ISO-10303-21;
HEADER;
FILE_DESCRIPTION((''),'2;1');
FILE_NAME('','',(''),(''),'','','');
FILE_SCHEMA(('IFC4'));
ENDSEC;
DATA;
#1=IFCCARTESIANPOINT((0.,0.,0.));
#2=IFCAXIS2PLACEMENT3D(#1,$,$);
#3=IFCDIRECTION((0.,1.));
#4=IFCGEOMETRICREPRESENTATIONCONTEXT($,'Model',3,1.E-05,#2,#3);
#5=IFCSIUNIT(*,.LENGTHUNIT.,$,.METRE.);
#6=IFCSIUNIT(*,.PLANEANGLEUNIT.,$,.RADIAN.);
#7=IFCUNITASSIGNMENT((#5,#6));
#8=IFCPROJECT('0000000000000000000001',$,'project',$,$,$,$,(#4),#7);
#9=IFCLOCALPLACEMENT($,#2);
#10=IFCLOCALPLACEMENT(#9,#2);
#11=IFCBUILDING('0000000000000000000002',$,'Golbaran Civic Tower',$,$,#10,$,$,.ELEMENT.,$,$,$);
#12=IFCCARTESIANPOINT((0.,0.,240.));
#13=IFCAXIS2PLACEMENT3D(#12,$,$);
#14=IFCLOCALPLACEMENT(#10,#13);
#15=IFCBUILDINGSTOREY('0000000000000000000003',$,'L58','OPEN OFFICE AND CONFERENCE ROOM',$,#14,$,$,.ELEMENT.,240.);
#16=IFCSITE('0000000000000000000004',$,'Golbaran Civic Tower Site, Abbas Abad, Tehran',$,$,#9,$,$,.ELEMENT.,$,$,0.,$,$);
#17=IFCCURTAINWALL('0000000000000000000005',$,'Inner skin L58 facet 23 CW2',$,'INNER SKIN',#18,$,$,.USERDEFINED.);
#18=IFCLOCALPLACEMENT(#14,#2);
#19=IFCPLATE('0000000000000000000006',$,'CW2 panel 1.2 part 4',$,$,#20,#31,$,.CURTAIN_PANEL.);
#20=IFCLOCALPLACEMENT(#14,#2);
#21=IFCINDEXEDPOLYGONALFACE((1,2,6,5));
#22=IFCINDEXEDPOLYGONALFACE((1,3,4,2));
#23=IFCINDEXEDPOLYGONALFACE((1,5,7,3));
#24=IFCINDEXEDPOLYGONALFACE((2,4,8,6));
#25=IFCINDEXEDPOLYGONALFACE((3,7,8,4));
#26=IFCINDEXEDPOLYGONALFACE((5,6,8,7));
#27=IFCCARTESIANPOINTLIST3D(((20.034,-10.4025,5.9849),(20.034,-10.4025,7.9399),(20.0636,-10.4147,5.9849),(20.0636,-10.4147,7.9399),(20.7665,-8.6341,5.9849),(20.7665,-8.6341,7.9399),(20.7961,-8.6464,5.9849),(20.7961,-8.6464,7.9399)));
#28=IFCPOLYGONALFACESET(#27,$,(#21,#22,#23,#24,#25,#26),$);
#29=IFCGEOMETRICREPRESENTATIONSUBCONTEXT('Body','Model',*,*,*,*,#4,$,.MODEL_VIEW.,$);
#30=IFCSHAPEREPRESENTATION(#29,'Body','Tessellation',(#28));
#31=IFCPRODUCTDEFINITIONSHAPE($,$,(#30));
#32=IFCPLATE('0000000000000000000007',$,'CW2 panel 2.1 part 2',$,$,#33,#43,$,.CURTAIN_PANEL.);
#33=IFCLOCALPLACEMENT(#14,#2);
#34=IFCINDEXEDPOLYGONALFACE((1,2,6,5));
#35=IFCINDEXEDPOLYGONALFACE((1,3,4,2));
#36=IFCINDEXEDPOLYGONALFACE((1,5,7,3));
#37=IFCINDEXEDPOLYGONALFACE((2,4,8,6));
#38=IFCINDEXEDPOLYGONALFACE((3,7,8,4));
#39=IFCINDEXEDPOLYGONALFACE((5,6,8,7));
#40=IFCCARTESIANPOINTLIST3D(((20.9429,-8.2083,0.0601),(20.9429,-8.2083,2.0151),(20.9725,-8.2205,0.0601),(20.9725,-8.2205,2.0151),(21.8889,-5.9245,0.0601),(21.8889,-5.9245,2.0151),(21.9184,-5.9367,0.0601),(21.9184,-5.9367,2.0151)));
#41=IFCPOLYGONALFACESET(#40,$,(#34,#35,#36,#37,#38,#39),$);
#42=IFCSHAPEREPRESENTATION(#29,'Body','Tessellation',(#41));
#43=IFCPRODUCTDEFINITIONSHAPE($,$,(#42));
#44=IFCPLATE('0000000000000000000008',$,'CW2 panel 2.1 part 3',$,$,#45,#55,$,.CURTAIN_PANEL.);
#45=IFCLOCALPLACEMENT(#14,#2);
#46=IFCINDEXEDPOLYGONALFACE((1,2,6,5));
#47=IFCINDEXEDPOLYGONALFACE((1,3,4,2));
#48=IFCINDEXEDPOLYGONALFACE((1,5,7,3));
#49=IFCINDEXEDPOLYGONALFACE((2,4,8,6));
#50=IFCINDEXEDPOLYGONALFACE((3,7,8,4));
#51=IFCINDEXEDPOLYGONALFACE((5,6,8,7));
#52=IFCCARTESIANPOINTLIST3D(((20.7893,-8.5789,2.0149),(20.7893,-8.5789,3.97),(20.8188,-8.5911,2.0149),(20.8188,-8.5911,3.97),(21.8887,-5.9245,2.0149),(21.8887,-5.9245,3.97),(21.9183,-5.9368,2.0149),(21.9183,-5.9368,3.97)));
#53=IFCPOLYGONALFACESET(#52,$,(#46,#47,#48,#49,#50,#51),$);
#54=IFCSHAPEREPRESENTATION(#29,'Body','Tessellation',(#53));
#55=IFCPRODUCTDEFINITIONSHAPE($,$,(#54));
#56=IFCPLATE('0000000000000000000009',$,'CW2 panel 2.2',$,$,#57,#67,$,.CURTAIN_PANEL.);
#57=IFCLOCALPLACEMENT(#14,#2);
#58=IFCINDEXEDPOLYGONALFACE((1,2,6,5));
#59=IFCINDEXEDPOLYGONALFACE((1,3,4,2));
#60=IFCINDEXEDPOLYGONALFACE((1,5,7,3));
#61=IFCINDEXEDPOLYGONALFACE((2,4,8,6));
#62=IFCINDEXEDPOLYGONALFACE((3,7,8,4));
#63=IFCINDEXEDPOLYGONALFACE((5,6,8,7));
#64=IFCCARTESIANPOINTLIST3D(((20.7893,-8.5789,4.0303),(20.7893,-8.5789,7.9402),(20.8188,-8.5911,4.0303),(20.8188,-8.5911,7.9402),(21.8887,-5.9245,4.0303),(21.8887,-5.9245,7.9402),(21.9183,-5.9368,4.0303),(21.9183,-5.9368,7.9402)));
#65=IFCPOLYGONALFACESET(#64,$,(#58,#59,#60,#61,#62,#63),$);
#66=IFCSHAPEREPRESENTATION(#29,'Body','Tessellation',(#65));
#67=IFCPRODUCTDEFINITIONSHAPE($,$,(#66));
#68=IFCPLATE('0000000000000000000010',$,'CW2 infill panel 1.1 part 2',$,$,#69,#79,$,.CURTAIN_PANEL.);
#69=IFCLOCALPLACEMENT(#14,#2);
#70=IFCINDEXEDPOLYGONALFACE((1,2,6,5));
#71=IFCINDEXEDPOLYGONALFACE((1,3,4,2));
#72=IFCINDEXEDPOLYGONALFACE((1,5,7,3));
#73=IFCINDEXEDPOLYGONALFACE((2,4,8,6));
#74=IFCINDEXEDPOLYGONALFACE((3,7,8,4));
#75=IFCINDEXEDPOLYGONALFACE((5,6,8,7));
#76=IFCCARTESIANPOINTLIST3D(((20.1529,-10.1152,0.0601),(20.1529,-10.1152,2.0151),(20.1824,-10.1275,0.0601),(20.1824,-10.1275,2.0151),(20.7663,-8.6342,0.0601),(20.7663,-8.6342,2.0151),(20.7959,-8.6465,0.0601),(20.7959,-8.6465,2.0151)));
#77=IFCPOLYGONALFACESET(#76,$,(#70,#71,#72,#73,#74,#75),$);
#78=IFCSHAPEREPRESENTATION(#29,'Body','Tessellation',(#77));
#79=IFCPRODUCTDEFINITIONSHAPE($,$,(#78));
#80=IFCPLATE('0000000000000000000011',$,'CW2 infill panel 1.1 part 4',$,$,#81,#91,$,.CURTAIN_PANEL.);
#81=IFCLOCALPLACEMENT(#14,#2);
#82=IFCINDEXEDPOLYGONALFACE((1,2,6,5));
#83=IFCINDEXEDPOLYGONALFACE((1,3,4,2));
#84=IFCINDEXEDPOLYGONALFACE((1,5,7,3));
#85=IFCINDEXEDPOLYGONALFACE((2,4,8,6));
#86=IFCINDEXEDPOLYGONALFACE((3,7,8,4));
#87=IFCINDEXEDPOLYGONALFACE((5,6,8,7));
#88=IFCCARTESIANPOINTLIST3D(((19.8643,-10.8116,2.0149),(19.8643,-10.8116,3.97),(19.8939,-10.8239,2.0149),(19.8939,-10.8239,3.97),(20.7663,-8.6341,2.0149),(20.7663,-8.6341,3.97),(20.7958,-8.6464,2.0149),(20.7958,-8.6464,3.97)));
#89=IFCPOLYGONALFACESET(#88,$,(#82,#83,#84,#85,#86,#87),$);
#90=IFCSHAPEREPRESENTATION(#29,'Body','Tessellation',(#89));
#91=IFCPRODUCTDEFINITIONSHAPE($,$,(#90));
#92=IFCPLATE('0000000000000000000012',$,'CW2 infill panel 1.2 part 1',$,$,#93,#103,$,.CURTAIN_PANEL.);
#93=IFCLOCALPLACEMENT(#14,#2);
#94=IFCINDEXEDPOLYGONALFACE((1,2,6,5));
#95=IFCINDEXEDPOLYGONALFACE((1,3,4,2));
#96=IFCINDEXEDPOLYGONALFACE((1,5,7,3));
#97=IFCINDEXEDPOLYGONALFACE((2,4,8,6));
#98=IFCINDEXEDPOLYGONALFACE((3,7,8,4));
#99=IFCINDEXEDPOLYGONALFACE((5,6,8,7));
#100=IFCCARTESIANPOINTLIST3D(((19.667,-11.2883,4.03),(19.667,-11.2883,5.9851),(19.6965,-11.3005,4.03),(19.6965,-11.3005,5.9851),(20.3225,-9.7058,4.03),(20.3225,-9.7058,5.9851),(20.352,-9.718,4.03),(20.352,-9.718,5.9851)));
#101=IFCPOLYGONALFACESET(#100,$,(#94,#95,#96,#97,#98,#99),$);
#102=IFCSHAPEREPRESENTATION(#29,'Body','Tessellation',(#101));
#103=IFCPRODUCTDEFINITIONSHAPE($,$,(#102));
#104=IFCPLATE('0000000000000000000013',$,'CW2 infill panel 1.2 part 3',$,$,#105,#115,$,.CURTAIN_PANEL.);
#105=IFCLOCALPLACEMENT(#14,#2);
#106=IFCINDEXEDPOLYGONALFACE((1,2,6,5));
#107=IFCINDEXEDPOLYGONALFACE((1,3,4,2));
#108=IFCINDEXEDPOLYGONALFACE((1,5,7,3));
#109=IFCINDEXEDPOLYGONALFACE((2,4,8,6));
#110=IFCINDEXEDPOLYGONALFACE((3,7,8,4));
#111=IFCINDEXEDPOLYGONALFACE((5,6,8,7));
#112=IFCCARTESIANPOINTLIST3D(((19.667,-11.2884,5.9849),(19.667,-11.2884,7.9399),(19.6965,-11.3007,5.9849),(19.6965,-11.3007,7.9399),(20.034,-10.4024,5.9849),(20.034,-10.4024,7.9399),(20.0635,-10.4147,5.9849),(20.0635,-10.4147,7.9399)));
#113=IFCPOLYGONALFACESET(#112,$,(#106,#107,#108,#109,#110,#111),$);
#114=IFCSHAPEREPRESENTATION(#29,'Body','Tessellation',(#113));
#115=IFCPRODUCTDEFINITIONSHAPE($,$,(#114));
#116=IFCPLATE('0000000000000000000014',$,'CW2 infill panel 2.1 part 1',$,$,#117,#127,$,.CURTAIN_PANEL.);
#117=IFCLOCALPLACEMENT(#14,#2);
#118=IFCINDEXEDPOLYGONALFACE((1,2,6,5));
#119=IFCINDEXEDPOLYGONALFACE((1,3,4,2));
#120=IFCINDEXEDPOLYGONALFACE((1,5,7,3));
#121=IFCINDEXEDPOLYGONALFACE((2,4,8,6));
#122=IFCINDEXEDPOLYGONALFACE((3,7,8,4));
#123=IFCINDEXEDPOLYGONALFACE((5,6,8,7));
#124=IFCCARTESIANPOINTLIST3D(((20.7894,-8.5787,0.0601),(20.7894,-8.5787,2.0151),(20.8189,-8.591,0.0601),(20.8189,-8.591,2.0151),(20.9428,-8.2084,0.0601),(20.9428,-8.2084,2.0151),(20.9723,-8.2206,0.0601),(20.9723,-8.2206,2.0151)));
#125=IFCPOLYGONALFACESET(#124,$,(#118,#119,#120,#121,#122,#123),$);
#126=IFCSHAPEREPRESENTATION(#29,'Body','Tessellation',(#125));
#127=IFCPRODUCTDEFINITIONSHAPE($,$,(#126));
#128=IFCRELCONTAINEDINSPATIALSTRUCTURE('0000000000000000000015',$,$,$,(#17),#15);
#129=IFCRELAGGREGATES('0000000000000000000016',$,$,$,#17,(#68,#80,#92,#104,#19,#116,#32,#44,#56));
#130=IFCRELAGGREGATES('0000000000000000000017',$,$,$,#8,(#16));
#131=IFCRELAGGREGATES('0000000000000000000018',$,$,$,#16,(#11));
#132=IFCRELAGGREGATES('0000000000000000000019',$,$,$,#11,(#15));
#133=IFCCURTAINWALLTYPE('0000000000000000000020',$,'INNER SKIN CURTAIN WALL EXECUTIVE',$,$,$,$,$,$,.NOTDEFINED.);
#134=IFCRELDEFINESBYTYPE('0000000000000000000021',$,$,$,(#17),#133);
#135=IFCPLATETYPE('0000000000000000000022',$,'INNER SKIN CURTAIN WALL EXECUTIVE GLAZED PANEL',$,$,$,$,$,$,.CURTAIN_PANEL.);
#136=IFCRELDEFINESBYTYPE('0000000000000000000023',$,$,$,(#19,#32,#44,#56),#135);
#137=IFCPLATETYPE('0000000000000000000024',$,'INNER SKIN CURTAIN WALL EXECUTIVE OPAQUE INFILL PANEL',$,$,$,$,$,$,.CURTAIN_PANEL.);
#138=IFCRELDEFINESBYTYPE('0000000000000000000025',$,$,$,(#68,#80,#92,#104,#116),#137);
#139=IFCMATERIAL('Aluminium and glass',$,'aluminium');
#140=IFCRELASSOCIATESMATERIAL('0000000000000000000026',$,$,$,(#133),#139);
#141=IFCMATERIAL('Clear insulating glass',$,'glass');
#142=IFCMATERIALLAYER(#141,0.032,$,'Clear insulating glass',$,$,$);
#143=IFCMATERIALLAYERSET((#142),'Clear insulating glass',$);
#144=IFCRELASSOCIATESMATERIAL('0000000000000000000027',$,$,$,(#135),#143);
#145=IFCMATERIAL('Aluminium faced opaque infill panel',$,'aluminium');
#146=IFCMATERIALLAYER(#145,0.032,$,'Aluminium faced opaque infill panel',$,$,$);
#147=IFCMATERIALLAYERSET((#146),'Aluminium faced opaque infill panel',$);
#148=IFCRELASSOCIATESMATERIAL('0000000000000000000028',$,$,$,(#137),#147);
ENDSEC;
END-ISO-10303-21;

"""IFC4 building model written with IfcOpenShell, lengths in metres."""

from ifc_helpers import new_model, si_unit, direction, frame, origin, origin_2d, place, context, subcontext, project, spatial, rectangle, extrude, material, layer, layer_set, type_object, element, aggregate, save


model = new_model("IFC4")

# Units and contexts
model_context = context("Model", 3, precision=1e-05, world=origin(), true_north=direction((0.0, 1.0)))
body_context = subcontext(model_context, "Body", "Model", "MODEL_VIEW")
ifc_project = project(units=[si_unit("LENGTHUNIT", "METRE"), si_unit("PLANEANGLEUNIT", "RADIAN")], contexts=[model_context])

# Site, building, storey
site_placement = place(None, origin())
site = spatial("IfcSite", under=ifc_project, at=site_placement, Name="Golbaran Civic Tower Site, Abbas Abad, Tehran", CompositionType="ELEMENT", RefElevation=0.0)
building_placement = place(site_placement, origin())
building = spatial("IfcBuilding", under=site, at=building_placement, Name="Golbaran Civic Tower", CompositionType="ELEMENT")
storey_placement = place(building_placement, frame((0.0, 0.0, 240.0)))
storey = spatial("IfcBuildingStorey", under=building, at=storey_placement, Name="L58", Description="OPEN OFFICE AND CONFERENCE ROOM", CompositionType="ELEMENT", Elevation=240.0)

# Curtain wall
ifc_material_1 = material(Name="Aluminium and glass", Category="aluminium")
curtain_wall_type = type_object("IfcCurtainWallType", Name="INNER SKIN CURTAIN WALL EXECUTIVE", PredefinedType="NOTDEFINED", material=ifc_material_1)
curtain_wall_1_placement = place(storey_placement, origin())
curtain_wall_1 = element("IfcCurtainWall", 1, at=curtain_wall_1_placement, inside=storey, type_object=curtain_wall_type, Name="Inner skin L58 facet 23 CW2", ObjectType="INNER SKIN", PredefinedType="USERDEFINED")

# Plates
ifc_material_2 = material(Name="Clear insulating glass", Category="glass")
ifc_layer_1 = layer(ifc_material_2, 0.032, Name="Clear insulating glass")
ifc_layer_set_1 = layer_set([ifc_layer_1], Name="Clear insulating glass")
plate_type_1 = type_object("IfcPlateType", Name="INNER SKIN CURTAIN WALL EXECUTIVE GLAZED PANEL", PredefinedType="CURTAIN_PANEL", material=ifc_layer_set_1)
plate_1_placement = place(storey_placement, frame((20.415, -9.5244, 5.9849), z_axis=(0.0, 0.0, 1.0), x_axis=(0.382683, 0.92388, 0.0)))
plate_1 = element("IfcPlate", 2, at=plate_1_placement, type_object=plate_type_1, Name="CW2 panel 1.2 part 4", PredefinedType="CURTAIN_PANEL", context=body_context, shape_type="SweptSolid", body=[
    extrude(rectangle(XDim=1.9141, YDim=0.032, at=origin_2d()), origin(), (0.0, 0.0, 1.0), 1.9551),
])
plate_2_placement = place(storey_placement, frame((21.4307, -7.0725, 0.0601), z_axis=(0.0, 0.0, 1.0), x_axis=(0.382683, 0.92388, 0.0)))
plate_2 = element("IfcPlate", 3, at=plate_2_placement, type_object=plate_type_1, Name="CW2 panel 2.1 part 2", PredefinedType="CURTAIN_PANEL", context=body_context, shape_type="SweptSolid", body=[
    extrude(rectangle(XDim=2.4719, YDim=0.032, at=origin_2d()), origin(), (0.0, 0.0, 1.0), 1.9551),
])
plate_3_placement = place(storey_placement, frame((21.3538, -7.2578, 2.0149), z_axis=(0.0, 0.0, 1.0), x_axis=(0.382683, 0.92388, 0.0)))
plate_3 = element("IfcPlate", 4, at=plate_3_placement, type_object=plate_type_1, Name="CW2 panel 2.1 part 3", PredefinedType="CURTAIN_PANEL", context=body_context, shape_type="SweptSolid", body=[
    extrude(rectangle(XDim=2.873, YDim=0.032, at=origin_2d()), origin(), (0.0, 0.0, 1.0), 1.9551),
])
plate_4_placement = place(storey_placement, frame((21.3538, -7.2578, 4.0303), z_axis=(0.0, 0.0, 1.0), x_axis=(0.382683, 0.92388, 0.0)))
plate_4 = element("IfcPlate", 5, at=plate_4_placement, type_object=plate_type_1, Name="CW2 panel 2.2", PredefinedType="CURTAIN_PANEL", context=body_context, shape_type="SweptSolid", body=[
    extrude(rectangle(XDim=2.873, YDim=0.032, at=origin_2d()), origin(), (0.0, 0.0, 1.0), 3.9099),
])
ifc_material_3 = material(Name="Aluminium faced opaque infill panel", Category="aluminium")
ifc_layer_2 = layer(ifc_material_3, 0.032, Name="Aluminium faced opaque infill panel")
ifc_layer_set_2 = layer_set([ifc_layer_2], Name="Aluminium faced opaque infill panel")
plate_type_2 = type_object("IfcPlateType", Name="INNER SKIN CURTAIN WALL EXECUTIVE OPAQUE INFILL PANEL", PredefinedType="CURTAIN_PANEL", material=ifc_layer_set_2)
plate_5_placement = place(storey_placement, frame((20.4744, -9.3809, 0.0601), z_axis=(0.0, 0.0, 1.0), x_axis=(0.382683, 0.92388, 0.0)))
plate_5 = element("IfcPlate", 6, at=plate_5_placement, type_object=plate_type_2, Name="CW2 infill panel 1.1 part 2", PredefinedType="CURTAIN_PANEL", context=body_context, shape_type="SweptSolid", body=[
    extrude(rectangle(XDim=1.603, YDim=0.032, at=origin_2d()), origin(), (0.0, 0.0, 1.0), 1.9551),
])
plate_6_placement = place(storey_placement, frame((20.3301, -9.729, 2.0149), z_axis=(0.0, 0.0, 1.0), x_axis=(0.382683, 0.92388, 0.0)))
plate_6 = element("IfcPlate", 7, at=plate_6_placement, type_object=plate_type_2, Name="CW2 infill panel 1.1 part 4", PredefinedType="CURTAIN_PANEL", context=body_context, shape_type="SweptSolid", body=[
    extrude(rectangle(XDim=2.3569, YDim=0.032, at=origin_2d()), origin(), (0.0, 0.0, 1.0), 1.9551),
])
plate_7_placement = place(storey_placement, frame((20.0095, -10.5032, 4.03), z_axis=(0.0, 0.0, 1.0), x_axis=(0.382683, 0.92388, 0.0)))
plate_7 = element("IfcPlate", 8, at=plate_7_placement, type_object=plate_type_2, Name="CW2 infill panel 1.2 part 1", PredefinedType="CURTAIN_PANEL", context=body_context, shape_type="SweptSolid", body=[
    extrude(rectangle(XDim=1.7129, YDim=0.032, at=origin_2d()), origin(), (0.0, 0.0, 1.0), 1.9551),
])
plate_8_placement = place(storey_placement, frame((19.8652, -10.8516, 5.9849), z_axis=(0.0, 0.0, 1.0), x_axis=(0.382683, 0.92388, 0.0)))
plate_8 = element("IfcPlate", 9, at=plate_8_placement, type_object=plate_type_2, Name="CW2 infill panel 1.2 part 3", PredefinedType="CURTAIN_PANEL", context=body_context, shape_type="SweptSolid", body=[
    extrude(rectangle(XDim=0.959, YDim=0.032, at=origin_2d()), origin(), (0.0, 0.0, 1.0), 1.9551),
])
plate_9_placement = place(storey_placement, frame((20.8809, -8.3997, 0.0601), z_axis=(0.0, 0.0, 1.0), x_axis=(0.382683, 0.92388, 0.0)))
plate_9 = element("IfcPlate", 10, at=plate_9_placement, type_object=plate_type_2, Name="CW2 infill panel 2.1 part 1", PredefinedType="CURTAIN_PANEL", context=body_context, shape_type="SweptSolid", body=[
    extrude(rectangle(XDim=0.4009, YDim=0.032, at=origin_2d()), origin(), (0.0, 0.0, 1.0), 1.9551),
])
aggregate(curtain_wall_1, [plate_5, plate_6, plate_7, plate_8, plate_1, plate_9, plate_2, plate_3, plate_4])

save(model, "model.ifc")
